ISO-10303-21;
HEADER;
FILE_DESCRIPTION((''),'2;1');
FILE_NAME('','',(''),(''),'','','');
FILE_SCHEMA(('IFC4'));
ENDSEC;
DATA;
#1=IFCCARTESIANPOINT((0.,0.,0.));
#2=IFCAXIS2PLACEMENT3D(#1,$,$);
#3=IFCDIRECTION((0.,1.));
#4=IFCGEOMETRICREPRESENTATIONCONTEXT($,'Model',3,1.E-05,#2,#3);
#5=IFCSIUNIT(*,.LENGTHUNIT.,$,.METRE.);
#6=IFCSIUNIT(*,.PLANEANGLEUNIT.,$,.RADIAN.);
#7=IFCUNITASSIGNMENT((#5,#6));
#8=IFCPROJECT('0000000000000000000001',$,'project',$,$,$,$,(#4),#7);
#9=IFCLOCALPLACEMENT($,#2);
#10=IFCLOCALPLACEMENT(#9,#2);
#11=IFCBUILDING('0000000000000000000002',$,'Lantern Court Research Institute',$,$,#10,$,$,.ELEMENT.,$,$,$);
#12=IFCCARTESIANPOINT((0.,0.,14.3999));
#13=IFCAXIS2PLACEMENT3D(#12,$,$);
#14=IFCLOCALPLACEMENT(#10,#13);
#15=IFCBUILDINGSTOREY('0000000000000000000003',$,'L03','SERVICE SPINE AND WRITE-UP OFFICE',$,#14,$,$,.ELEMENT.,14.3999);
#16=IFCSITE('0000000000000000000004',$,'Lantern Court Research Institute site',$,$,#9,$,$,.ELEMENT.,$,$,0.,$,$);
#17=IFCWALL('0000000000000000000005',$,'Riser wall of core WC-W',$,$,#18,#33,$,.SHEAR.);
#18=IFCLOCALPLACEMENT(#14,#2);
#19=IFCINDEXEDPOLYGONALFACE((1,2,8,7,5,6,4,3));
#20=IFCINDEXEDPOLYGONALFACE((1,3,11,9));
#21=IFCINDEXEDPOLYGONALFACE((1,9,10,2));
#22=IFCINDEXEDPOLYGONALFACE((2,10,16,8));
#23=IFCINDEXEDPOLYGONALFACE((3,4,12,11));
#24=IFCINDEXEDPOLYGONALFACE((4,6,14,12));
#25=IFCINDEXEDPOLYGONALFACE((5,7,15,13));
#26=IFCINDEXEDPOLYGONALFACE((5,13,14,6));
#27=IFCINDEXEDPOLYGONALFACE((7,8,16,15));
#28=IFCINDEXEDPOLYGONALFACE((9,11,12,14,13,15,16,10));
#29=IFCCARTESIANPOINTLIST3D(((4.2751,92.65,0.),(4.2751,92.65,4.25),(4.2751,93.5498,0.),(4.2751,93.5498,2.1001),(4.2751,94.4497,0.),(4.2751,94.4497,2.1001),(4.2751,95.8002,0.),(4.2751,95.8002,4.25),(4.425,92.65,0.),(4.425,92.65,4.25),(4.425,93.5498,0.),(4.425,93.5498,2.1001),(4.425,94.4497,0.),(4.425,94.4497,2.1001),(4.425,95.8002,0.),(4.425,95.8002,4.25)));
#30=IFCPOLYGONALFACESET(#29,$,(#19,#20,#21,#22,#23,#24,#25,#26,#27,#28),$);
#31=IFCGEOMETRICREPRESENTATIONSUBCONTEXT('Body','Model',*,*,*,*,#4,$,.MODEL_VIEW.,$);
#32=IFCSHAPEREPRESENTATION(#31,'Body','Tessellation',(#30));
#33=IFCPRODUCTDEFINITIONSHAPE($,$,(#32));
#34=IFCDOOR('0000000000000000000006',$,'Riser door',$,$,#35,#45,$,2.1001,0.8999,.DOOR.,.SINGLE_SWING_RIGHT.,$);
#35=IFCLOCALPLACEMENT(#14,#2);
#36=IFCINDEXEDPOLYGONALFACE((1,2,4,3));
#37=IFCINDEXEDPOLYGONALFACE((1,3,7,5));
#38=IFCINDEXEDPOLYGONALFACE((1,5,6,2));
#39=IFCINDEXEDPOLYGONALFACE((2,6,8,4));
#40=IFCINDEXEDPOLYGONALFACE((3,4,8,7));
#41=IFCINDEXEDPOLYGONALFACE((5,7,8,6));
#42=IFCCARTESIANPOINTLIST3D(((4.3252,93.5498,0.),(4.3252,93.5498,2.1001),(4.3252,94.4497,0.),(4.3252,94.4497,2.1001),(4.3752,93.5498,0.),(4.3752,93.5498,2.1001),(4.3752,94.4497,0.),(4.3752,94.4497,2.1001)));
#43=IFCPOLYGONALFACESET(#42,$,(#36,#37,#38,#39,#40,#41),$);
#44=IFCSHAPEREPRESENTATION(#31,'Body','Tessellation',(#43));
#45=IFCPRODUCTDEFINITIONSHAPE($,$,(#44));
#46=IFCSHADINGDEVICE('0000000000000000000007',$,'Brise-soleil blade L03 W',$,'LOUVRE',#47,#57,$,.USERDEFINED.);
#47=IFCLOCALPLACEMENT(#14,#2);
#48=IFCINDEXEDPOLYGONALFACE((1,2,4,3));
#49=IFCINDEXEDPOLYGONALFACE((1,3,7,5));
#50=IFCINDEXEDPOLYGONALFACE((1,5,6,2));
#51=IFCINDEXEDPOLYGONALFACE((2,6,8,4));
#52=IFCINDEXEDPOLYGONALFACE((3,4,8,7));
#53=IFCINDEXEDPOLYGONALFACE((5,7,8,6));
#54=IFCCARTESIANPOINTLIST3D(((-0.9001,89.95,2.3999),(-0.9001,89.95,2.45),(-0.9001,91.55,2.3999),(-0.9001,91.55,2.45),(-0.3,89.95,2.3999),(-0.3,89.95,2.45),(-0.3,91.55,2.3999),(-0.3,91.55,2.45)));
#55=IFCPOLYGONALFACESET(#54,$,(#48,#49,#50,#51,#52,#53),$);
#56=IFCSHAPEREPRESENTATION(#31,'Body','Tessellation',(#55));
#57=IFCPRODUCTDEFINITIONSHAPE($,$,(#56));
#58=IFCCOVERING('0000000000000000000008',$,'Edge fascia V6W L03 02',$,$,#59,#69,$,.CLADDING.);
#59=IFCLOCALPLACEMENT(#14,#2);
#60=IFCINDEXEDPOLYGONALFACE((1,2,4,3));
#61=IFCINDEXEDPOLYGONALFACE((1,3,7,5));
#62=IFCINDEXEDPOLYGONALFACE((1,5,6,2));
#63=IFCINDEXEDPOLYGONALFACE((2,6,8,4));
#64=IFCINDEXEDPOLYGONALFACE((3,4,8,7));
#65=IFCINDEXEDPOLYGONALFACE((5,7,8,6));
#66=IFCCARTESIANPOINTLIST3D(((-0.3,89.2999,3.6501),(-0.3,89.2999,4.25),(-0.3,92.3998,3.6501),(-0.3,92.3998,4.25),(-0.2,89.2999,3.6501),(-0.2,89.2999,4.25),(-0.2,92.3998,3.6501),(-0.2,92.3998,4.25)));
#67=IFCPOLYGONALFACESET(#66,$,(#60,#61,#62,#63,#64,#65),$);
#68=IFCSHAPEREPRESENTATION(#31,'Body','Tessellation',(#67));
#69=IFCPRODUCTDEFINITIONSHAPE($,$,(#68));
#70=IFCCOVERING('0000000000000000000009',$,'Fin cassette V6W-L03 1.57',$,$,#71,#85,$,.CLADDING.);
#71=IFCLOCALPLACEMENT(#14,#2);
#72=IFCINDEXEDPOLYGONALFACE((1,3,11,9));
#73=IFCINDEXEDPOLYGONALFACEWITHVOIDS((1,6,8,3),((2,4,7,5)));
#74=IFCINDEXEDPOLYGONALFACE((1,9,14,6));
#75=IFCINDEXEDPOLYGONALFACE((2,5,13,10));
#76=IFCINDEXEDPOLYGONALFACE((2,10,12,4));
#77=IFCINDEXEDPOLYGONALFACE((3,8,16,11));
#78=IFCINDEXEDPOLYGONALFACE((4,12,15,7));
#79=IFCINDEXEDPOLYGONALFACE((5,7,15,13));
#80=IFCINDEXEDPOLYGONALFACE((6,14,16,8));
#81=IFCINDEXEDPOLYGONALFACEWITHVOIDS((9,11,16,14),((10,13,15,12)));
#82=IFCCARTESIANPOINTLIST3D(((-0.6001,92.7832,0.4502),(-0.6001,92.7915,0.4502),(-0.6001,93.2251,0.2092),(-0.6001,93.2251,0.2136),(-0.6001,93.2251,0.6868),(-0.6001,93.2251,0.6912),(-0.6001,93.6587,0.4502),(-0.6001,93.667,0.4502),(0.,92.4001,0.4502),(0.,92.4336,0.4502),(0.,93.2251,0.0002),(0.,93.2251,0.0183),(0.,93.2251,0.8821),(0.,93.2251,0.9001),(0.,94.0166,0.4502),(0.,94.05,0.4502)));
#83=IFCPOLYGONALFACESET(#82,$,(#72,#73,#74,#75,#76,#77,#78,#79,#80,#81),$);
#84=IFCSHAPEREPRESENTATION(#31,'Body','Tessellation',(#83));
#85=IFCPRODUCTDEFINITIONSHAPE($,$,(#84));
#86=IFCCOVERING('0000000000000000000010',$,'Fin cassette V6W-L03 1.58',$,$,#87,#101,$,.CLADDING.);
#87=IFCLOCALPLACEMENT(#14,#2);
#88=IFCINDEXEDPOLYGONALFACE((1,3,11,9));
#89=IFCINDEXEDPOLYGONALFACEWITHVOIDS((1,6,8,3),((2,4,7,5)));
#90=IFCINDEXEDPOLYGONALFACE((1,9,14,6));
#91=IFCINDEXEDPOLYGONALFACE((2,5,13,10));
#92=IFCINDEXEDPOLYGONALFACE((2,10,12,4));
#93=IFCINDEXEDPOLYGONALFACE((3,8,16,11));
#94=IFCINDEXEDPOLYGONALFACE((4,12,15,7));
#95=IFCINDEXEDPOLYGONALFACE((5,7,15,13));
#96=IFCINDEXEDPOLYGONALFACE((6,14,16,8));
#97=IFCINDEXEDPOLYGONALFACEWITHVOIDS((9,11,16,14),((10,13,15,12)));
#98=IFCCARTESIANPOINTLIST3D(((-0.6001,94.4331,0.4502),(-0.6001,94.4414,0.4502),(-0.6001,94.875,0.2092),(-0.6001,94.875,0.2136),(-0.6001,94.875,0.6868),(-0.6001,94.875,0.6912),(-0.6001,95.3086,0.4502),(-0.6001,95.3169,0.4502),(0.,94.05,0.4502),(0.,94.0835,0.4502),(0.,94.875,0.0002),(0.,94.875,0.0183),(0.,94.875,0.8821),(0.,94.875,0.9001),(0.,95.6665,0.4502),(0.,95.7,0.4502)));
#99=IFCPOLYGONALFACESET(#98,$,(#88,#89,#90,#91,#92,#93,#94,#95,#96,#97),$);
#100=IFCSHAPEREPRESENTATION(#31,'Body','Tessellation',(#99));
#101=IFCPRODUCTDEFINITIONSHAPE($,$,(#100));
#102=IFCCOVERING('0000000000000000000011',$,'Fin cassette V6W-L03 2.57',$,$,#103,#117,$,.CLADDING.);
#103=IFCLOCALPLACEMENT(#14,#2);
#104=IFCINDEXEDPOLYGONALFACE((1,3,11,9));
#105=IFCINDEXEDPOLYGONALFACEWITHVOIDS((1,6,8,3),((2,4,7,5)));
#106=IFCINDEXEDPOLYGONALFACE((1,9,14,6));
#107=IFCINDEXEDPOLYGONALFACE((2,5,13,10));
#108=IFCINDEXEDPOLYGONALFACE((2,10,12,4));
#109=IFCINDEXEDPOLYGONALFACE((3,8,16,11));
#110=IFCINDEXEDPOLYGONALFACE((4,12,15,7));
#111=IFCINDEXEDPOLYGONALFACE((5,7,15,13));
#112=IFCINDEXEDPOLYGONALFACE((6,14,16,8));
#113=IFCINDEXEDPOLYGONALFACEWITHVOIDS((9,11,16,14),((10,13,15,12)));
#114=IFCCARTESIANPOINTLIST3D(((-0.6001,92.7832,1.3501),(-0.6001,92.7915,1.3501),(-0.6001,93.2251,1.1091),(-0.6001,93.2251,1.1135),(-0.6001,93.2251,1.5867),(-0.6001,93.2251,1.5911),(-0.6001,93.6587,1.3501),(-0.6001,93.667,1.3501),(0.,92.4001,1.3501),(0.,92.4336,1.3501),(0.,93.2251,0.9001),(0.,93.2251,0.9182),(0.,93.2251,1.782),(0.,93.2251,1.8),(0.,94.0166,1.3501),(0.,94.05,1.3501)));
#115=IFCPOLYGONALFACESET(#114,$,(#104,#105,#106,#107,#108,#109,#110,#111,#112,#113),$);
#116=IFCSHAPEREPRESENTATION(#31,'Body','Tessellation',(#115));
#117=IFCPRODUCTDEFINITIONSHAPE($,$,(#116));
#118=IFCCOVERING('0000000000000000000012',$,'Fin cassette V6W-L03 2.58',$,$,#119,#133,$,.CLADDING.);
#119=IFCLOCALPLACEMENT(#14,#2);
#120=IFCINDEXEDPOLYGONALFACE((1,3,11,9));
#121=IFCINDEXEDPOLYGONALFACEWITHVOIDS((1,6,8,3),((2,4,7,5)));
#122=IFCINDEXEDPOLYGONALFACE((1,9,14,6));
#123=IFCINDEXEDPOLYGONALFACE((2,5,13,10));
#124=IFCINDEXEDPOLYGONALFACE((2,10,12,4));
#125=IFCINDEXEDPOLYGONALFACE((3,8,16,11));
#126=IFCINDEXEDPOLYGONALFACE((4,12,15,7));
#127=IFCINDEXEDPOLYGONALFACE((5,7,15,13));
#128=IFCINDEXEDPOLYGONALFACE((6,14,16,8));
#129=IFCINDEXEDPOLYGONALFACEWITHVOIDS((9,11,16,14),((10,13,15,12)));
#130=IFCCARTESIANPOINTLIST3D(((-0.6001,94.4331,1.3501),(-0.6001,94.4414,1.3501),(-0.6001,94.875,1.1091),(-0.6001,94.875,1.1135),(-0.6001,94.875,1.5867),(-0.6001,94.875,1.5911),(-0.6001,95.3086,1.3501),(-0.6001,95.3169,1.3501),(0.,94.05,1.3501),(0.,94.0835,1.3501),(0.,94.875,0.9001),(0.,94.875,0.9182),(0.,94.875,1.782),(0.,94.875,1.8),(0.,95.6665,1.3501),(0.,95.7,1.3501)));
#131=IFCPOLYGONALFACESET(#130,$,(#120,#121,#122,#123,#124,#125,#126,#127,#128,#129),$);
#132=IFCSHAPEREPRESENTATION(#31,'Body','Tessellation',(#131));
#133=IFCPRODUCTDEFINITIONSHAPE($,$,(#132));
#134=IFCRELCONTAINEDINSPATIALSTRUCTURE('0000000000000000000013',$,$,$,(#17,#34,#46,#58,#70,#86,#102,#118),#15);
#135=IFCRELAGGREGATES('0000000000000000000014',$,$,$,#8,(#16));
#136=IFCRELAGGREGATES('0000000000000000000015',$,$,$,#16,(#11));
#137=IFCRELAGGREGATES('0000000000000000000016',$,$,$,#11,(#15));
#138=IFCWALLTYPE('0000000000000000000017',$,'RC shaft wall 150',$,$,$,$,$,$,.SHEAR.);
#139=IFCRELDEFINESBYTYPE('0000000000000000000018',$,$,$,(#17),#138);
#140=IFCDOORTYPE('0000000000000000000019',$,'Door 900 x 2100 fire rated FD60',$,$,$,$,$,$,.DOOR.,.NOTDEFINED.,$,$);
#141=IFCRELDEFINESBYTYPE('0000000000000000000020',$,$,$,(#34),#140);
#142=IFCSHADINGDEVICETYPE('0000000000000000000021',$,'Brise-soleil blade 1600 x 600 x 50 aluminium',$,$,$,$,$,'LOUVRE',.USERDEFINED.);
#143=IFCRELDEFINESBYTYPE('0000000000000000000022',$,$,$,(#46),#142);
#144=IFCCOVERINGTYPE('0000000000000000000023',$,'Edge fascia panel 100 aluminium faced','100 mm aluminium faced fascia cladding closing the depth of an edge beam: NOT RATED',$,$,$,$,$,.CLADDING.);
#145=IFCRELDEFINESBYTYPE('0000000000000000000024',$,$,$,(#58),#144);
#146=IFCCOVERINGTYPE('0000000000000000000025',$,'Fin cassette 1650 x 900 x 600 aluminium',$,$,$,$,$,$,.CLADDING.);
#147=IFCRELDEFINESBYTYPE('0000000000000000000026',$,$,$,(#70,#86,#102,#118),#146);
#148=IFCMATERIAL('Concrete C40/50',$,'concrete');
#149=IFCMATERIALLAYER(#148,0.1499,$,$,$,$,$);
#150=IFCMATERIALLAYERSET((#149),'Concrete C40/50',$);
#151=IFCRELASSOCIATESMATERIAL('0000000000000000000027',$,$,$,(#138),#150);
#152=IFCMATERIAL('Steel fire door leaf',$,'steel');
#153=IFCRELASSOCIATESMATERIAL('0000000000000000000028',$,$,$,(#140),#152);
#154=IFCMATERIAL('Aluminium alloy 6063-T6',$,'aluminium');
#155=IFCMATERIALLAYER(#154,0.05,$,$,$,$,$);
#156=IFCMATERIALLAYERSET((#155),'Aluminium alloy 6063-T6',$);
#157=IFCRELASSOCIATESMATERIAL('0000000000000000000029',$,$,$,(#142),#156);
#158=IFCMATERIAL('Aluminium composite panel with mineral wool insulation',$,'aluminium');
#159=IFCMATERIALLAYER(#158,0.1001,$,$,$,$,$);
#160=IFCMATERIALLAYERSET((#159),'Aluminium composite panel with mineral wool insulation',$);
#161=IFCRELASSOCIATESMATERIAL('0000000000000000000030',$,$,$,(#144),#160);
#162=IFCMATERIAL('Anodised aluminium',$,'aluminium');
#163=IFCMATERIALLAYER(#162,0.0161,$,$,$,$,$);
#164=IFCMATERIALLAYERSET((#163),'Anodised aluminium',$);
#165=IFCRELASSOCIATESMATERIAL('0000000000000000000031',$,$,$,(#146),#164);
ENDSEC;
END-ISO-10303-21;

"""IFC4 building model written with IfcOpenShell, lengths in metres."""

from ifc_helpers import new_model, entity, si_unit, direction, frame, frame_2d, origin, origin_2d, place, context, subcontext, project, spatial, rectangle, extrude, material, layer, layer_set, type_object, element, fill, save


model = new_model("IFC4")

# Units and contexts
model_context = context("Model", 3, precision=1e-05, world=origin(), true_north=direction((0.0, 1.0)))
body_context = subcontext(model_context, "Body", "Model", "MODEL_VIEW")
ifc_project = project(units=[si_unit("LENGTHUNIT", "METRE"), si_unit("PLANEANGLEUNIT", "RADIAN")], contexts=[model_context])

# Site, building, storey
site_placement = place(None, origin())
site = spatial("IfcSite", under=ifc_project, at=site_placement, Name="Lantern Court Research Institute site", CompositionType="ELEMENT", RefElevation=0.0)
building_placement = place(site_placement, origin())
building = spatial("IfcBuilding", under=site, at=building_placement, Name="Lantern Court Research Institute", CompositionType="ELEMENT")
storey_placement = place(building_placement, frame((0.0, 0.0, 14.3999)))
storey = spatial("IfcBuildingStorey", under=building, at=storey_placement, Name="L03", Description="SERVICE SPINE AND WRITE-UP OFFICE", CompositionType="ELEMENT", Elevation=14.3999)

# Wall, opening, door
ifc_material_1 = material(Name="Concrete C40/50", Category="concrete")
ifc_layer_1 = layer(ifc_material_1, 0.1499)
ifc_layer_set_1 = layer_set([ifc_layer_1], Name="Concrete C40/50")
wall_type_1 = type_object("IfcWallType", Name="RC shaft wall 150", PredefinedType="SHEAR", material=ifc_layer_set_1)
wall_1_placement = place(storey_placement, frame((4.3501, 92.6499, 0.0), z_axis=(0.0, 0.0, 1.0), x_axis=(0.0, 1.0, 0.0)))
wall_1 = element("IfcWall", 1, at=wall_1_placement, inside=storey, type_object=wall_type_1, Name="Riser wall of core WC-W", PredefinedType="SHEAR", context=body_context, shape_type="SweptSolid", body=[
    extrude(rectangle(XDim=3.1501, YDim=0.1499, at=frame_2d((1.5752, 0.0))), origin(), (0.0, 0.0, 1.0), 4.25),
])
opening_1_placement = place(wall_1_placement, frame((0.8999, 0.0, 0.0)))
opening_1 = element("IfcOpeningElement", 2, at=opening_1_placement, cuts=wall_1, PredefinedType="OPENING", context=body_context, shape_type="SweptSolid", body=[
    extrude(rectangle(XDim=0.8999, YDim=2.1001, at=frame_2d((0.45, 1.05))), frame((0.0, 0.085, 0.0), z_axis=(0.0, -1.0, 0.0), x_axis=(1.0, 0.0, 0.0)), (0.0, 0.0, 1.0), 0.1699),
])
ifc_material_2 = material(Name="Steel fire door leaf", Category="steel")
door_type_1 = type_object("IfcDoorType", Name="Door 900 x 2100 fire rated FD60", OperationType="NOTDEFINED", PredefinedType="DOOR", material=ifc_material_2)
door_1_placement = place(opening_1_placement, origin())
door_1 = element("IfcDoor", 3, at=door_1_placement, inside=storey, type_object=door_type_1, Name="Riser door", OperationType="SINGLE_SWING_RIGHT", OverallHeight=2.1001, OverallWidth=0.8999, PredefinedType="DOOR", context=body_context, shape_type="SweptSolid", body=[
    extrude(rectangle(XDim=0.8999, YDim=2.1001, at=frame_2d((0.45, 1.05))), frame((0.0, 0.0249, 0.0), z_axis=(0.0, -1.0, 0.0), x_axis=(1.0, 0.0, 0.0)), (0.0, 0.0, 1.0), 0.05),
])
fill(opening_1, door_1)

# Shading device
ifc_material_3 = material(Name="Aluminium alloy 6063-T6", Category="aluminium")
ifc_layer_2 = layer(ifc_material_3, 0.05)
ifc_layer_set_2 = layer_set([ifc_layer_2], Name="Aluminium alloy 6063-T6")
shading_device_type = type_object("IfcShadingDeviceType", Name="Brise-soleil blade 1600 x 600 x 50 aluminium", ElementType="LOUVRE", PredefinedType="USERDEFINED", material=ifc_layer_set_2)
shading_device_placement = place(storey_placement, frame((-0.6001, 90.75, 2.3999), z_axis=(0.0, 0.0, 1.0), x_axis=(0.0, 1.0, 0.0)))
element("IfcShadingDevice", 4, at=shading_device_placement, inside=storey, type_object=shading_device_type, Name="Brise-soleil blade L03 W", ObjectType="LOUVRE", PredefinedType="USERDEFINED", context=body_context, shape_type="SweptSolid", body=[
    extrude(rectangle(XDim=1.6001, YDim=0.6001, at=origin_2d()), origin(), (0.0, 0.0, 1.0), 0.05),
])

# Coverings
ifc_material_4 = material(Name="Aluminium composite panel with mineral wool insulation", Category="aluminium")
ifc_layer_3 = layer(ifc_material_4, 0.1001)
ifc_layer_set_3 = layer_set([ifc_layer_3], Name="Aluminium composite panel with mineral wool insulation")
covering_type_1 = type_object("IfcCoveringType", Name="Edge fascia panel 100 aluminium faced", Description="100 mm aluminium faced fascia cladding closing the depth of an edge beam: NOT RATED", PredefinedType="CLADDING", material=ifc_layer_set_3)
covering_1_placement = place(storey_placement, frame((-0.25, 89.3, 3.6501), z_axis=(0.0, 0.0, 1.0), x_axis=(0.0, 1.0, 0.0)))
element("IfcCovering", 5, at=covering_1_placement, inside=storey, type_object=covering_type_1, Name="Edge fascia V6W L03 02", PredefinedType="CLADDING", context=body_context, shape_type="SweptSolid", body=[
    extrude(rectangle(XDim=3.0999, YDim=0.1001, at=frame_2d((1.5498, 0.0))), origin(), (0.0, 0.0, 1.0), 0.5999),
])
ifc_material_5 = material(Name="Anodised aluminium", Category="aluminium")
ifc_layer_4 = layer(ifc_material_5, 0.0161)
ifc_layer_set_4 = layer_set([ifc_layer_4], Name="Anodised aluminium")
covering_type_2 = type_object("IfcCoveringType", Name="Fin cassette 1650 x 900 x 600 aluminium", PredefinedType="CLADDING", material=ifc_layer_set_4)
covering_2_placement = place(storey_placement, frame((0.0, 93.2251, 0.4502), z_axis=(-1.0, 0.0, 0.0), x_axis=(0.0, -1.0, 0.0)))
cartesian_point_1 = entity("IfcCartesianPoint", [0.825, 0.0])
cartesian_point_2 = entity("IfcCartesianPoint", [0.7915, 0.0])
cartesian_point_3 = entity("IfcCartesianPoint", [0.4419, 0.0])
cartesian_point_4 = entity("IfcCartesianPoint", [0.4336, 0.0])
element("IfcCovering", 6, at=covering_2_placement, inside=storey, type_object=covering_type_2, Name="Fin cassette V6W-L03 1.57", PredefinedType="CLADDING", context=body_context, shape_type="SweptSolid", body=[
    entity("IfcExtrudedAreaSolidTapered", entity("IfcArbitraryProfileDefWithVoids", "AREA", None, entity("IfcPolyline", [cartesian_point_1, entity("IfcCartesianPoint", [0.0, 0.45]), entity("IfcCartesianPoint", [-0.825, 0.0]), entity("IfcCartesianPoint", [0.0, -0.45]), cartesian_point_1]), [entity("IfcPolyline", [cartesian_point_2, entity("IfcCartesianPoint", [0.0, 0.4319]), entity("IfcCartesianPoint", [-0.7915, 0.0]), entity("IfcCartesianPoint", [0.0, -0.4319]), cartesian_point_2])]), entity("IfcAxis2Placement3D", entity("IfcCartesianPoint", [0.0, 0.0, 0.0])), entity("IfcDirection", [0.0, 0.0, 1.0]), 0.6001, entity("IfcArbitraryProfileDefWithVoids", "AREA", None, entity("IfcPolyline", [cartesian_point_3, entity("IfcCartesianPoint", [0.0, 0.241]), entity("IfcCartesianPoint", [-0.4419, 0.0]), entity("IfcCartesianPoint", [0.0, -0.241]), cartesian_point_3]), [entity("IfcPolyline", [cartesian_point_4, entity("IfcCartesianPoint", [0.0, 0.2366]), entity("IfcCartesianPoint", [-0.4336, 0.0]), entity("IfcCartesianPoint", [0.0, -0.2366]), cartesian_point_4])])),
])
covering_3_placement = place(storey_placement, frame((0.0, 94.875, 0.4502), z_axis=(-1.0, 0.0, 0.0), x_axis=(0.0, -1.0, 0.0)))
cartesian_point_5 = entity("IfcCartesianPoint", [0.825, 0.0])
cartesian_point_6 = entity("IfcCartesianPoint", [0.7915, 0.0])
cartesian_point_7 = entity("IfcCartesianPoint", [0.4419, 0.0])
cartesian_point_8 = entity("IfcCartesianPoint", [0.4336, 0.0])
element("IfcCovering", 7, at=covering_3_placement, inside=storey, type_object=covering_type_2, Name="Fin cassette V6W-L03 1.58", PredefinedType="CLADDING", context=body_context, shape_type="SweptSolid", body=[
    entity("IfcExtrudedAreaSolidTapered", entity("IfcArbitraryProfileDefWithVoids", "AREA", None, entity("IfcPolyline", [cartesian_point_5, entity("IfcCartesianPoint", [0.0, 0.45]), entity("IfcCartesianPoint", [-0.825, 0.0]), entity("IfcCartesianPoint", [0.0, -0.45]), cartesian_point_5]), [entity("IfcPolyline", [cartesian_point_6, entity("IfcCartesianPoint", [0.0, 0.4319]), entity("IfcCartesianPoint", [-0.7915, 0.0]), entity("IfcCartesianPoint", [0.0, -0.4319]), cartesian_point_6])]), entity("IfcAxis2Placement3D", entity("IfcCartesianPoint", [0.0, 0.0, 0.0])), entity("IfcDirection", [0.0, 0.0, 1.0]), 0.6001, entity("IfcArbitraryProfileDefWithVoids", "AREA", None, entity("IfcPolyline", [cartesian_point_7, entity("IfcCartesianPoint", [0.0, 0.241]), entity("IfcCartesianPoint", [-0.4419, 0.0]), entity("IfcCartesianPoint", [0.0, -0.241]), cartesian_point_7]), [entity("IfcPolyline", [cartesian_point_8, entity("IfcCartesianPoint", [0.0, 0.2366]), entity("IfcCartesianPoint", [-0.4336, 0.0]), entity("IfcCartesianPoint", [0.0, -0.2366]), cartesian_point_8])])),
])
covering_4_placement = place(storey_placement, frame((0.0, 93.2251, 1.3501), z_axis=(-1.0, 0.0, 0.0), x_axis=(0.0, -1.0, 0.0)))
cartesian_point_9 = entity("IfcCartesianPoint", [0.825, 0.0])
cartesian_point_10 = entity("IfcCartesianPoint", [0.7915, 0.0])
cartesian_point_11 = entity("IfcCartesianPoint", [0.4419, 0.0])
cartesian_point_12 = entity("IfcCartesianPoint", [0.4336, 0.0])
element("IfcCovering", 8, at=covering_4_placement, inside=storey, type_object=covering_type_2, Name="Fin cassette V6W-L03 2.57", PredefinedType="CLADDING", context=body_context, shape_type="SweptSolid", body=[
    entity("IfcExtrudedAreaSolidTapered", entity("IfcArbitraryProfileDefWithVoids", "AREA", None, entity("IfcPolyline", [cartesian_point_9, entity("IfcCartesianPoint", [0.0, 0.45]), entity("IfcCartesianPoint", [-0.825, 0.0]), entity("IfcCartesianPoint", [0.0, -0.45]), cartesian_point_9]), [entity("IfcPolyline", [cartesian_point_10, entity("IfcCartesianPoint", [0.0, 0.4319]), entity("IfcCartesianPoint", [-0.7915, 0.0]), entity("IfcCartesianPoint", [0.0, -0.4319]), cartesian_point_10])]), entity("IfcAxis2Placement3D", entity("IfcCartesianPoint", [0.0, 0.0, 0.0])), entity("IfcDirection", [0.0, 0.0, 1.0]), 0.6001, entity("IfcArbitraryProfileDefWithVoids", "AREA", None, entity("IfcPolyline", [cartesian_point_11, entity("IfcCartesianPoint", [0.0, 0.241]), entity("IfcCartesianPoint", [-0.4419, 0.0]), entity("IfcCartesianPoint", [0.0, -0.241]), cartesian_point_11]), [entity("IfcPolyline", [cartesian_point_12, entity("IfcCartesianPoint", [0.0, 0.2366]), entity("IfcCartesianPoint", [-0.4336, 0.0]), entity("IfcCartesianPoint", [0.0, -0.2366]), cartesian_point_12])])),
])
covering_5_placement = place(storey_placement, frame((0.0, 94.875, 1.3501), z_axis=(-1.0, 0.0, 0.0), x_axis=(0.0, -1.0, 0.0)))
cartesian_point_13 = entity("IfcCartesianPoint", [0.825, 0.0])
cartesian_point_14 = entity("IfcCartesianPoint", [0.7915, 0.0])
cartesian_point_15 = entity("IfcCartesianPoint", [0.4419, 0.0])
cartesian_point_16 = entity("IfcCartesianPoint", [0.4336, 0.0])
element("IfcCovering", 9, at=covering_5_placement, inside=storey, type_object=covering_type_2, Name="Fin cassette V6W-L03 2.58", PredefinedType="CLADDING", context=body_context, shape_type="SweptSolid", body=[
    entity("IfcExtrudedAreaSolidTapered", entity("IfcArbitraryProfileDefWithVoids", "AREA", None, entity("IfcPolyline", [cartesian_point_13, entity("IfcCartesianPoint", [0.0, 0.45]), entity("IfcCartesianPoint", [-0.825, 0.0]), entity("IfcCartesianPoint", [0.0, -0.45]), cartesian_point_13]), [entity("IfcPolyline", [cartesian_point_14, entity("IfcCartesianPoint", [0.0, 0.4319]), entity("IfcCartesianPoint", [-0.7915, 0.0]), entity("IfcCartesianPoint", [0.0, -0.4319]), cartesian_point_14])]), entity("IfcAxis2Placement3D", entity("IfcCartesianPoint", [0.0, 0.0, 0.0])), entity("IfcDirection", [0.0, 0.0, 1.0]), 0.6001, entity("IfcArbitraryProfileDefWithVoids", "AREA", None, entity("IfcPolyline", [cartesian_point_15, entity("IfcCartesianPoint", [0.0, 0.241]), entity("IfcCartesianPoint", [-0.4419, 0.0]), entity("IfcCartesianPoint", [0.0, -0.241]), cartesian_point_15]), [entity("IfcPolyline", [cartesian_point_16, entity("IfcCartesianPoint", [0.0, 0.2366]), entity("IfcCartesianPoint", [-0.4336, 0.0]), entity("IfcCartesianPoint", [0.0, -0.2366]), cartesian_point_16])])),
])

save(model, "model.ifc")
